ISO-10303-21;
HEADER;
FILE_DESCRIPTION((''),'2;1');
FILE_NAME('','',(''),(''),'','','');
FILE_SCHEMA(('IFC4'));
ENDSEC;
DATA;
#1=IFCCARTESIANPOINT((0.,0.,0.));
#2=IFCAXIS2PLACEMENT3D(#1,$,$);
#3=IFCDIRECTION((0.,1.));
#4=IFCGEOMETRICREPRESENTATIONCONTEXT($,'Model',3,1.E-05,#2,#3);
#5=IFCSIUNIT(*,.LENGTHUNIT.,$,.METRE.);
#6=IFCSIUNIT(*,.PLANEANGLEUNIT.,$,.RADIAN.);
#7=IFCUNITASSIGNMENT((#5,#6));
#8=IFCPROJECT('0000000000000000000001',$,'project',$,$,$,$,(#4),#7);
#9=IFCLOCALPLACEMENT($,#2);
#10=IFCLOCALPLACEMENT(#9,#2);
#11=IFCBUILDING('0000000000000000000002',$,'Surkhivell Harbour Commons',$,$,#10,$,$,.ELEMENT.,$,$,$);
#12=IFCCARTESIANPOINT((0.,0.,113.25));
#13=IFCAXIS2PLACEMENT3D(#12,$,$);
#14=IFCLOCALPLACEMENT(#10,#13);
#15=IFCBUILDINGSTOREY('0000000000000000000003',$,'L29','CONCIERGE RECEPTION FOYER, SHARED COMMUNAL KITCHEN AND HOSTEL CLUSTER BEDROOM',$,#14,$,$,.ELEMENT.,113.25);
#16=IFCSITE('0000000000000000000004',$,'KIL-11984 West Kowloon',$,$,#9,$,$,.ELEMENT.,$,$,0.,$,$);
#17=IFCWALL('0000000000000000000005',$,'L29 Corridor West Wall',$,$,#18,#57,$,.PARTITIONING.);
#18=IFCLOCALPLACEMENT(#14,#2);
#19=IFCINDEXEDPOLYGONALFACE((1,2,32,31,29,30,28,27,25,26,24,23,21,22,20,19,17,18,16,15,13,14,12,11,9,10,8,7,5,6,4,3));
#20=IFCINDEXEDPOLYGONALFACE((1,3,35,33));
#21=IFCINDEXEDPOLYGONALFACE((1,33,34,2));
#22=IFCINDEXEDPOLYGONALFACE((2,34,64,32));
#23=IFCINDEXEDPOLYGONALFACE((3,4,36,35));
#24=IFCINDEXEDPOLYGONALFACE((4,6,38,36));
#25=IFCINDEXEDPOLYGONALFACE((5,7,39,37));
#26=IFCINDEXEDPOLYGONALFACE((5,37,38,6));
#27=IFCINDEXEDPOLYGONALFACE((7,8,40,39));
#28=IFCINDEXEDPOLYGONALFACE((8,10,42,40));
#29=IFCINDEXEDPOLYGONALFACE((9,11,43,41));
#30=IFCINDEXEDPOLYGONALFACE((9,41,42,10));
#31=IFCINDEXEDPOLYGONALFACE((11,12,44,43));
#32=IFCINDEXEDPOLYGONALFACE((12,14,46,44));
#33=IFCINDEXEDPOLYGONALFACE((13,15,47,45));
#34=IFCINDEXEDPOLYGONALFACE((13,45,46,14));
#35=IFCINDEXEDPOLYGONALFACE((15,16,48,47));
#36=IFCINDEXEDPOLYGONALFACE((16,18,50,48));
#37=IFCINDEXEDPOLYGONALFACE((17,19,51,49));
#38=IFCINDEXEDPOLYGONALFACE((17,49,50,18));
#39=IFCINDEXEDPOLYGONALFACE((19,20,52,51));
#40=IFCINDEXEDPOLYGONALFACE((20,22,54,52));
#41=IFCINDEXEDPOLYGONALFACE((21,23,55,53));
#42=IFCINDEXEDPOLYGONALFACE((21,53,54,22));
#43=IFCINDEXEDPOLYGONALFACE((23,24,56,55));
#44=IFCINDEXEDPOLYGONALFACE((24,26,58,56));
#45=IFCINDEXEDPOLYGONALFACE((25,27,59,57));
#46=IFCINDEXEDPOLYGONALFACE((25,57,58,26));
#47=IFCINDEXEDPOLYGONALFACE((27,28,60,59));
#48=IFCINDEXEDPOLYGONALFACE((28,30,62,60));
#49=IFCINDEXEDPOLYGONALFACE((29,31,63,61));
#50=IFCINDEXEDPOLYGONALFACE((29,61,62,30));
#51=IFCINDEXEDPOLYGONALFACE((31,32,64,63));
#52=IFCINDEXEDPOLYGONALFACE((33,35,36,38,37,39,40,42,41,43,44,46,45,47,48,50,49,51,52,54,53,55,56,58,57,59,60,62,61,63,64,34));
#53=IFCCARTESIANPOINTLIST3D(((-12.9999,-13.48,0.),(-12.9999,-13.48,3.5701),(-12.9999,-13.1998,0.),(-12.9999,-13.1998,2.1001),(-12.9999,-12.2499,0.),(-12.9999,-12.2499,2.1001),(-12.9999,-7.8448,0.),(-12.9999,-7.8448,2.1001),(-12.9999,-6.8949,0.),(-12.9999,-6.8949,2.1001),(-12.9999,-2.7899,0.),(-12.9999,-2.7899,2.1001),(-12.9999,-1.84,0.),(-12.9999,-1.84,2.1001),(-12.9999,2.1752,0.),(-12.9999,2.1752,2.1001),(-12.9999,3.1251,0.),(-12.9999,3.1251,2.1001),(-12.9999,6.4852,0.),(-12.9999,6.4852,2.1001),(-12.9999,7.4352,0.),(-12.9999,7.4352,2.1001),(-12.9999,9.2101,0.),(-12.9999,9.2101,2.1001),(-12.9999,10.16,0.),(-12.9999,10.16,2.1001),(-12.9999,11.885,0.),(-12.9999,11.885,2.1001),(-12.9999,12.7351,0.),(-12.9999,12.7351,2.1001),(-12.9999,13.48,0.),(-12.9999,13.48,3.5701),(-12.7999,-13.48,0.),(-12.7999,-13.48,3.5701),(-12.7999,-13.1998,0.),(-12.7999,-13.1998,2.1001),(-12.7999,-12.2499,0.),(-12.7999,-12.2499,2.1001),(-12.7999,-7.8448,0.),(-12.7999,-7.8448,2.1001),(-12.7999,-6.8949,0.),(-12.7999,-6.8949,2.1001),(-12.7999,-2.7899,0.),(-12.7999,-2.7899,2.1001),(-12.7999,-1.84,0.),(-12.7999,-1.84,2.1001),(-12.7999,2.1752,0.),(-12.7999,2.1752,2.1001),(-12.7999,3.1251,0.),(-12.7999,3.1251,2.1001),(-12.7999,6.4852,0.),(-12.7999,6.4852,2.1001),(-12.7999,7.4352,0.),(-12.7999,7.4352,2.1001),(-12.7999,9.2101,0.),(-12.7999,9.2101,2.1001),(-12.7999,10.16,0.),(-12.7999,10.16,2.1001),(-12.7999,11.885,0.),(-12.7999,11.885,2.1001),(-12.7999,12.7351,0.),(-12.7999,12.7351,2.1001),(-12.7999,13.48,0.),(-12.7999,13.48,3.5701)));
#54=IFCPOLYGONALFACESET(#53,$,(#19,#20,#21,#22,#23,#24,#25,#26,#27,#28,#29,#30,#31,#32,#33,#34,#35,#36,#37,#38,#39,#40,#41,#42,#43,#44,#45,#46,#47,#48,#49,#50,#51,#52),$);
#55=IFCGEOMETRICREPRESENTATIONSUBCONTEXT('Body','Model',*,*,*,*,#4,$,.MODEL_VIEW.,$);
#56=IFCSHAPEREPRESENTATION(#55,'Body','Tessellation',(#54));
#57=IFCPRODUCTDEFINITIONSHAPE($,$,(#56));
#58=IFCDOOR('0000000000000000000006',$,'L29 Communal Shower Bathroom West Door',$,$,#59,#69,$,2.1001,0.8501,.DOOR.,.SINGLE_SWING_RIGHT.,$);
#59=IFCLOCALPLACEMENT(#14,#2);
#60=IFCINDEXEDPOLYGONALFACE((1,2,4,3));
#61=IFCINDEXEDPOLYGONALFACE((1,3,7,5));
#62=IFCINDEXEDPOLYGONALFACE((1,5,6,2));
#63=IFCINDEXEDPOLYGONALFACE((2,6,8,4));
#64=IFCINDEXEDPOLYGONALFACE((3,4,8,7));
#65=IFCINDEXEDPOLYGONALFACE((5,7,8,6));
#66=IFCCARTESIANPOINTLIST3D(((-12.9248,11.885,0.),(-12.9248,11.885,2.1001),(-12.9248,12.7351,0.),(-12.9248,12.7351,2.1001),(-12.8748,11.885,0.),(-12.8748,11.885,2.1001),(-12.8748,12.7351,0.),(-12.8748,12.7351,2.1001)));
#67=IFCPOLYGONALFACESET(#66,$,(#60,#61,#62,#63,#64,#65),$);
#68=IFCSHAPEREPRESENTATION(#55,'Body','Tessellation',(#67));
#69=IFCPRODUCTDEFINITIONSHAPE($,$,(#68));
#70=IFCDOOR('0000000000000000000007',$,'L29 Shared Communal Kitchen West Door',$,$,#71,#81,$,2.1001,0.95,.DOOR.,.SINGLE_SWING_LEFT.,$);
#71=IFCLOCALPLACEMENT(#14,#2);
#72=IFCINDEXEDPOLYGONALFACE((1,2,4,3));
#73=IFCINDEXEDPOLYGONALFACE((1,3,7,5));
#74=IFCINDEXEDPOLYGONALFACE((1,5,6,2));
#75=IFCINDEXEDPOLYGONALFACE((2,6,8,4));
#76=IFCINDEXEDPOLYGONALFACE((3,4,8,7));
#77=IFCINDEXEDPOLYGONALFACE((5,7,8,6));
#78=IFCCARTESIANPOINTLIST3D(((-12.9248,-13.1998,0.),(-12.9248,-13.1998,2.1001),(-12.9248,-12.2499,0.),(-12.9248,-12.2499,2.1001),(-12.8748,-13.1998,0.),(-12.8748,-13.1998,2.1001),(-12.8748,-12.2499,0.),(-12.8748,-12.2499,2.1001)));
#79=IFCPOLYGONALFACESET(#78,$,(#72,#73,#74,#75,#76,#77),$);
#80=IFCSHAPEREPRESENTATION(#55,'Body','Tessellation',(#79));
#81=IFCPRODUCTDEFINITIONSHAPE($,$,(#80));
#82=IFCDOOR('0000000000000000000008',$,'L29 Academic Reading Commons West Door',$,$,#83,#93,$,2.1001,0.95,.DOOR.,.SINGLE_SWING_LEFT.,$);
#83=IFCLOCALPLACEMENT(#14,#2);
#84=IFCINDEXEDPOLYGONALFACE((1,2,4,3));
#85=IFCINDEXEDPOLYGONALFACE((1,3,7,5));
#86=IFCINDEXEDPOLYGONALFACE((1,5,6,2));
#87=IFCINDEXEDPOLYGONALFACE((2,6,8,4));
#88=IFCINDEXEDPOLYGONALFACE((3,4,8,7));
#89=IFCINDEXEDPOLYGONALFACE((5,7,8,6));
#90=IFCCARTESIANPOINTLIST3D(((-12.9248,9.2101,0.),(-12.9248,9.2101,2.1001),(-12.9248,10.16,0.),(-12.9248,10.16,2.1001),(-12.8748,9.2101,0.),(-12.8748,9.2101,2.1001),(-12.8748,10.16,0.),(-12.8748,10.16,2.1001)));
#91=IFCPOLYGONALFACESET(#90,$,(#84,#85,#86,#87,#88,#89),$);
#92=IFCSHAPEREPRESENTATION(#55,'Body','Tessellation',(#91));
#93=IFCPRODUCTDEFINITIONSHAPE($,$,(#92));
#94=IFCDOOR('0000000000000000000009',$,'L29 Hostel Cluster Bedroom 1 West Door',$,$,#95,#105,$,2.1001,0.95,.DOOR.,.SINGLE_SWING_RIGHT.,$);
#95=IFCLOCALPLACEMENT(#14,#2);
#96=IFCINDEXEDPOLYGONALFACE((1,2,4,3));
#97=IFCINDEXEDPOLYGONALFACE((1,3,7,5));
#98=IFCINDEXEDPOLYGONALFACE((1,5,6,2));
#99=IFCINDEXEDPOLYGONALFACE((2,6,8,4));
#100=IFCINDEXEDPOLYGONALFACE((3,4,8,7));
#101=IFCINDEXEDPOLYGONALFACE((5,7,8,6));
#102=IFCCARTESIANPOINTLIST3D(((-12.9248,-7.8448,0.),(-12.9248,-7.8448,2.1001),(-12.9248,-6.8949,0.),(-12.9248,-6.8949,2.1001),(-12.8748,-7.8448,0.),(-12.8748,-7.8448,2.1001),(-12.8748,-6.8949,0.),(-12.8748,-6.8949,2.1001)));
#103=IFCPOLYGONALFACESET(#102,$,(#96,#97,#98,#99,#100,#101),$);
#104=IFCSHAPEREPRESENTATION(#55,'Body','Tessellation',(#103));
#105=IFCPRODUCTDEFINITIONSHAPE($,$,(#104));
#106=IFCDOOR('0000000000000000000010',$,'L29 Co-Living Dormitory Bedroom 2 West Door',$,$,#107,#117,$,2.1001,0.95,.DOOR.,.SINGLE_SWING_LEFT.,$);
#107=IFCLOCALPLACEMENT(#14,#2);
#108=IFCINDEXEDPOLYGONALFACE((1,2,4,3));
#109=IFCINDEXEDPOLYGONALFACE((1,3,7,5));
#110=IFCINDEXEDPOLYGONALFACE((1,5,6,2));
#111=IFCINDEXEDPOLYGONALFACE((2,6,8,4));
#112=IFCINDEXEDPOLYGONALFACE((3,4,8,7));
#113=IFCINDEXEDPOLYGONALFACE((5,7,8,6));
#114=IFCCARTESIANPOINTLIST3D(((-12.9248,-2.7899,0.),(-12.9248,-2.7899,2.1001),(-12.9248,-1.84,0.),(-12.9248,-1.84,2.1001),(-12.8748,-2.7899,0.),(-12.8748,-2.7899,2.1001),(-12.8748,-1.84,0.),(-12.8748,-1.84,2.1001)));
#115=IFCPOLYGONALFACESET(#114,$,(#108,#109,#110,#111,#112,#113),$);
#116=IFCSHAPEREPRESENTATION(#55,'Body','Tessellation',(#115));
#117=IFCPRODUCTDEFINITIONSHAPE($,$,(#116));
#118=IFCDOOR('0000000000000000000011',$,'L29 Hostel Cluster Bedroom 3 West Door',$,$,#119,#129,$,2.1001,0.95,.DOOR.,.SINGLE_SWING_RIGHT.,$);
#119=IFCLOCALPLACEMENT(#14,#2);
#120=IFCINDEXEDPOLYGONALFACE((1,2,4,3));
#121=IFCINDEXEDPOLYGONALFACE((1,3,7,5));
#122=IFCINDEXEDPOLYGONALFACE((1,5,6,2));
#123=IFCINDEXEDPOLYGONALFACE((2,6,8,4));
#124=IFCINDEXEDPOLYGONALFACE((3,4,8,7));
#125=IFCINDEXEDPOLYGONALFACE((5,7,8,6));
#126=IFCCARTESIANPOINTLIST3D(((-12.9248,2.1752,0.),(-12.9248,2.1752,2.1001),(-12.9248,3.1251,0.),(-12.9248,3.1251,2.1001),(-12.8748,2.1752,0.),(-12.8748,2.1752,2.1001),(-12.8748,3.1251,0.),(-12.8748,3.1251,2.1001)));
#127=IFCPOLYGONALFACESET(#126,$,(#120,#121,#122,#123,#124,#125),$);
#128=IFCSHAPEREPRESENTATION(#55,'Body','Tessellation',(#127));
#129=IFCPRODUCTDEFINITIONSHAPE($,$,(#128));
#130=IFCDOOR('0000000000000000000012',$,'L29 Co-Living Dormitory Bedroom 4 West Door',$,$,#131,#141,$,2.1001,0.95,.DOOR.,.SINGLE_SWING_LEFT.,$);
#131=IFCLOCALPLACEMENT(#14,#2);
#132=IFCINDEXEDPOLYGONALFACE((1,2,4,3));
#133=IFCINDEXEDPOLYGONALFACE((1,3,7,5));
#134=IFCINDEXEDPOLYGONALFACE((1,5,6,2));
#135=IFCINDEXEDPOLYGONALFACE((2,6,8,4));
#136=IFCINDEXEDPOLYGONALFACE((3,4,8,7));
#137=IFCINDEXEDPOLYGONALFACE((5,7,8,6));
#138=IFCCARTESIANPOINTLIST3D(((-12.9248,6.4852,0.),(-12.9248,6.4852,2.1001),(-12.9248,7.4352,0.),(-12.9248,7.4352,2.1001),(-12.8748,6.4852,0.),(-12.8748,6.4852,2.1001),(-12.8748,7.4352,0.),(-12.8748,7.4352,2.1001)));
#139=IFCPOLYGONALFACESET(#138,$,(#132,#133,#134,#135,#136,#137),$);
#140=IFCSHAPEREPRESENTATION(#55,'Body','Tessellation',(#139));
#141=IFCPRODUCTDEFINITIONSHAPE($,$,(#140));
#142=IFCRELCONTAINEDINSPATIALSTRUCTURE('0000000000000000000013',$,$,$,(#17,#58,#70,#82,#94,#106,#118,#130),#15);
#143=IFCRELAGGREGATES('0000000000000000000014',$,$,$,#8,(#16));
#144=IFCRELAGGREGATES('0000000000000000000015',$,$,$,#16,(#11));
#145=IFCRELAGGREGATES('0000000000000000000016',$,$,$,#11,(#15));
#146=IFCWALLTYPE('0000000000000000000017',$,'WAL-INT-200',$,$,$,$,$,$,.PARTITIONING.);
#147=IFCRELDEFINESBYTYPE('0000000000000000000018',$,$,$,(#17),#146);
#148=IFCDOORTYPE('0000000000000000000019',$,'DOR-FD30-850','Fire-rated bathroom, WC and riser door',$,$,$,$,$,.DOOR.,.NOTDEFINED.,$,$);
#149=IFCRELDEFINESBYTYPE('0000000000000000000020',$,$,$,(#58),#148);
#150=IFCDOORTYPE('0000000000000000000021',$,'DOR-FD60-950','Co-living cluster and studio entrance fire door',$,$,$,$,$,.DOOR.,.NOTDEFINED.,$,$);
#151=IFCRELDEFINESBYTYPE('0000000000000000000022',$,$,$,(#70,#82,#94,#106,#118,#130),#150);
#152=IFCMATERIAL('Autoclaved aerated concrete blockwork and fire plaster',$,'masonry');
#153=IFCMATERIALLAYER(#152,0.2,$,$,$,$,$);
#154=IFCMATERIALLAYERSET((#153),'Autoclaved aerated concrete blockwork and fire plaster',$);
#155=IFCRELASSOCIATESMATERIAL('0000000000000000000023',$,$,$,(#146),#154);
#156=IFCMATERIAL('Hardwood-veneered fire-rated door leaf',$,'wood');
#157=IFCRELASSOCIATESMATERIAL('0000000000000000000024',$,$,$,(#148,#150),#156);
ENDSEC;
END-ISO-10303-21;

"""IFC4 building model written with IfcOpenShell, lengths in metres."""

from ifc_helpers import new_model, si_unit, direction, frame, frame_2d, origin, place, context, subcontext, project, spatial, rectangle, extrude, material, layer, layer_set, type_object, element, fill, save


model = new_model("IFC4")

# Units and contexts
model_context = context("Model", 3, precision=1e-05, world=origin(), true_north=direction((0.0, 1.0)))
body_context = subcontext(model_context, "Body", "Model", "MODEL_VIEW")
ifc_project = project(units=[si_unit("LENGTHUNIT", "METRE"), si_unit("PLANEANGLEUNIT", "RADIAN")], contexts=[model_context])

# Site, building, storey
site_placement = place(None, origin())
site = spatial("IfcSite", under=ifc_project, at=site_placement, Name="KIL-11984 West Kowloon", CompositionType="ELEMENT", RefElevation=0.0)
building_placement = place(site_placement, origin())
building = spatial("IfcBuilding", under=site, at=building_placement, Name="Surkhivell Harbour Commons", CompositionType="ELEMENT")
storey_placement = place(building_placement, frame((0.0, 0.0, 113.25)))
storey = spatial("IfcBuildingStorey", under=building, at=storey_placement, Name="L29", Description="CONCIERGE RECEPTION FOYER, SHARED COMMUNAL KITCHEN AND HOSTEL CLUSTER BEDROOM", CompositionType="ELEMENT", Elevation=113.25)

# Wall, openings, doors
ifc_material_1 = material(Name="Autoclaved aerated concrete blockwork and fire plaster", Category="masonry")
ifc_layer_1 = layer(ifc_material_1, 0.2)
ifc_layer_set_1 = layer_set([ifc_layer_1], Name="Autoclaved aerated concrete blockwork and fire plaster")
wall_type_1 = type_object("IfcWallType", Name="WAL-INT-200", PredefinedType="PARTITIONING", material=ifc_layer_set_1)
ifc_material_2 = material(Name="Hardwood-veneered fire-rated door leaf", Category="wood")
door_type_1 = type_object("IfcDoorType", Name="DOR-FD30-850", Description="Fire-rated bathroom, WC and riser door", OperationType="NOTDEFINED", PredefinedType="DOOR", material=ifc_material_2)
door_type_2 = type_object("IfcDoorType", Name="DOR-FD60-950", Description="Co-living cluster and studio entrance fire door", OperationType="NOTDEFINED", PredefinedType="DOOR", material=ifc_material_2)
wall_1_placement = place(storey_placement, frame((-12.8999, -13.48, 0.0), z_axis=(0.0, 0.0, 1.0), x_axis=(0.0, 1.0, 0.0)))
wall_1 = element("IfcWall", 1, at=wall_1_placement, inside=storey, type_object=wall_type_1, Name="L29 Corridor West Wall", PredefinedType="PARTITIONING", context=body_context, shape_type="SweptSolid", body=[
    extrude(rectangle(XDim=26.96, YDim=0.2, at=frame_2d((13.48, 0.0))), origin(), (0.0, 0.0, 1.0), 3.5701),
])
opening_1_placement = place(wall_1_placement, frame((0.28, 0.0, 0.0)))
opening_1 = element("IfcOpeningElement", 2, at=opening_1_placement, cuts=wall_1, PredefinedType="OPENING", context=body_context, shape_type="SweptSolid", body=[
    extrude(rectangle(XDim=0.95, YDim=2.1001, at=frame_2d((0.4751, 1.05))), frame((0.0, 0.1099, 0.0), z_axis=(0.0, -1.0, 0.0), x_axis=(1.0, 0.0, 0.0)), (0.0, 0.0, 1.0), 0.22),
])
opening_2_placement = place(wall_1_placement, frame((25.365, 0.0, 0.0)))
opening_2 = element("IfcOpeningElement", 3, at=opening_2_placement, cuts=wall_1, PredefinedType="OPENING", context=body_context, shape_type="SweptSolid", body=[
    extrude(rectangle(XDim=0.8501, YDim=2.1001, at=frame_2d((0.425, 1.05))), frame((0.0, 0.1099, 0.0), z_axis=(0.0, -1.0, 0.0), x_axis=(1.0, 0.0, 0.0)), (0.0, 0.0, 1.0), 0.22),
])
opening_3_placement = place(wall_1_placement, frame((22.6899, 0.0, 0.0)))
opening_3 = element("IfcOpeningElement", 4, at=opening_3_placement, cuts=wall_1, PredefinedType="OPENING", context=body_context, shape_type="SweptSolid", body=[
    extrude(rectangle(XDim=0.95, YDim=2.1001, at=frame_2d((0.4751, 1.05))), frame((0.0, 0.1099, 0.0), z_axis=(0.0, -1.0, 0.0), x_axis=(1.0, 0.0, 0.0)), (0.0, 0.0, 1.0), 0.22),
])
opening_4_placement = place(wall_1_placement, frame((5.635, 0.0, 0.0)))
opening_4 = element("IfcOpeningElement", 5, at=opening_4_placement, cuts=wall_1, PredefinedType="OPENING", context=body_context, shape_type="SweptSolid", body=[
    extrude(rectangle(XDim=0.95, YDim=2.1001, at=frame_2d((0.4751, 1.05))), frame((0.0, 0.1099, 0.0), z_axis=(0.0, -1.0, 0.0), x_axis=(1.0, 0.0, 0.0)), (0.0, 0.0, 1.0), 0.22),
])
opening_5_placement = place(wall_1_placement, frame((10.6899, 0.0, 0.0)))
opening_5 = element("IfcOpeningElement", 6, at=opening_5_placement, cuts=wall_1, PredefinedType="OPENING", context=body_context, shape_type="SweptSolid", body=[
    extrude(rectangle(XDim=0.95, YDim=2.1001, at=frame_2d((0.4751, 1.05))), frame((0.0, 0.1099, 0.0), z_axis=(0.0, -1.0, 0.0), x_axis=(1.0, 0.0, 0.0)), (0.0, 0.0, 1.0), 0.22),
])
opening_6_placement = place(wall_1_placement, frame((15.655, 0.0, 0.0)))
opening_6 = element("IfcOpeningElement", 7, at=opening_6_placement, cuts=wall_1, PredefinedType="OPENING", context=body_context, shape_type="SweptSolid", body=[
    extrude(rectangle(XDim=0.95, YDim=2.1001, at=frame_2d((0.4751, 1.05))), frame((0.0, 0.1099, 0.0), z_axis=(0.0, -1.0, 0.0), x_axis=(1.0, 0.0, 0.0)), (0.0, 0.0, 1.0), 0.22),
])
opening_7_placement = place(wall_1_placement, frame((19.9651, 0.0, 0.0)))
opening_7 = element("IfcOpeningElement", 8, at=opening_7_placement, cuts=wall_1, PredefinedType="OPENING", context=body_context, shape_type="SweptSolid", body=[
    extrude(rectangle(XDim=0.95, YDim=2.1001, at=frame_2d((0.4751, 1.05))), frame((0.0, 0.1099, 0.0), z_axis=(0.0, -1.0, 0.0), x_axis=(1.0, 0.0, 0.0)), (0.0, 0.0, 1.0), 0.22),
])
door_1_placement = place(opening_2_placement, origin())
door_1 = element("IfcDoor", 9, at=door_1_placement, inside=storey, type_object=door_type_1, Name="L29 Communal Shower Bathroom West Door", OperationType="SINGLE_SWING_RIGHT", OverallHeight=2.1001, OverallWidth=0.8501, PredefinedType="DOOR", context=body_context, shape_type="SweptSolid", body=[
    extrude(rectangle(XDim=0.8501, YDim=2.1001, at=frame_2d((0.425, 1.05))), frame((0.0, 0.0249, 0.0), z_axis=(0.0, -1.0, 0.0), x_axis=(1.0, 0.0, 0.0)), (0.0, 0.0, 1.0), 0.05),
])
fill(opening_2, door_1)
door_2_placement = place(opening_1_placement, origin())
door_2 = element("IfcDoor", 10, at=door_2_placement, inside=storey, type_object=door_type_2, Name="L29 Shared Communal Kitchen West Door", OperationType="SINGLE_SWING_LEFT", OverallHeight=2.1001, OverallWidth=0.95, PredefinedType="DOOR", context=body_context, shape_type="SweptSolid", body=[
    extrude(rectangle(XDim=0.95, YDim=2.1001, at=frame_2d((0.4751, 1.05))), frame((0.0, 0.0249, 0.0), z_axis=(0.0, -1.0, 0.0), x_axis=(1.0, 0.0, 0.0)), (0.0, 0.0, 1.0), 0.05),
])
fill(opening_1, door_2)
door_3_placement = place(opening_3_placement, origin())
door_3 = element("IfcDoor", 11, at=door_3_placement, inside=storey, type_object=door_type_2, Name="L29 Academic Reading Commons West Door", OperationType="SINGLE_SWING_LEFT", OverallHeight=2.1001, OverallWidth=0.95, PredefinedType="DOOR", context=body_context, shape_type="SweptSolid", body=[
    extrude(rectangle(XDim=0.95, YDim=2.1001, at=frame_2d((0.4751, 1.05))), frame((0.0, 0.0249, 0.0), z_axis=(0.0, -1.0, 0.0), x_axis=(1.0, 0.0, 0.0)), (0.0, 0.0, 1.0), 0.05),
])
fill(opening_3, door_3)
door_4_placement = place(opening_4_placement, origin())
door_4 = element("IfcDoor", 12, at=door_4_placement, inside=storey, type_object=door_type_2, Name="L29 Hostel Cluster Bedroom 1 West Door", OperationType="SINGLE_SWING_RIGHT", OverallHeight=2.1001, OverallWidth=0.95, PredefinedType="DOOR", context=body_context, shape_type="SweptSolid", body=[
    extrude(rectangle(XDim=0.95, YDim=2.1001, at=frame_2d((0.4751, 1.05))), frame((0.0, 0.0249, 0.0), z_axis=(0.0, -1.0, 0.0), x_axis=(1.0, 0.0, 0.0)), (0.0, 0.0, 1.0), 0.05),
])
fill(opening_4, door_4)
door_5_placement = place(opening_5_placement, origin())
door_5 = element("IfcDoor", 13, at=door_5_placement, inside=storey, type_object=door_type_2, Name="L29 Co-Living Dormitory Bedroom 2 West Door", OperationType="SINGLE_SWING_LEFT", OverallHeight=2.1001, OverallWidth=0.95, PredefinedType="DOOR", context=body_context, shape_type="SweptSolid", body=[
    extrude(rectangle(XDim=0.95, YDim=2.1001, at=frame_2d((0.4751, 1.05))), frame((0.0, 0.0249, 0.0), z_axis=(0.0, -1.0, 0.0), x_axis=(1.0, 0.0, 0.0)), (0.0, 0.0, 1.0), 0.05),
])
fill(opening_5, door_5)
door_6_placement = place(opening_6_placement, origin())
door_6 = element("IfcDoor", 14, at=door_6_placement, inside=storey, type_object=door_type_2, Name="L29 Hostel Cluster Bedroom 3 West Door", OperationType="SINGLE_SWING_RIGHT", OverallHeight=2.1001, OverallWidth=0.95, PredefinedType="DOOR", context=body_context, shape_type="SweptSolid", body=[
    extrude(rectangle(XDim=0.95, YDim=2.1001, at=frame_2d((0.4751, 1.05))), frame((0.0, 0.0249, 0.0), z_axis=(0.0, -1.0, 0.0), x_axis=(1.0, 0.0, 0.0)), (0.0, 0.0, 1.0), 0.05),
])
fill(opening_6, door_6)
door_7_placement = place(opening_7_placement, origin())
door_7 = element("IfcDoor", 15, at=door_7_placement, inside=storey, type_object=door_type_2, Name="L29 Co-Living Dormitory Bedroom 4 West Door", OperationType="SINGLE_SWING_LEFT", OverallHeight=2.1001, OverallWidth=0.95, PredefinedType="DOOR", context=body_context, shape_type="SweptSolid", body=[
    extrude(rectangle(XDim=0.95, YDim=2.1001, at=frame_2d((0.4751, 1.05))), frame((0.0, 0.0249, 0.0), z_axis=(0.0, -1.0, 0.0), x_axis=(1.0, 0.0, 0.0)), (0.0, 0.0, 1.0), 0.05),
])
fill(opening_7, door_7)

save(model, "model.ifc")
